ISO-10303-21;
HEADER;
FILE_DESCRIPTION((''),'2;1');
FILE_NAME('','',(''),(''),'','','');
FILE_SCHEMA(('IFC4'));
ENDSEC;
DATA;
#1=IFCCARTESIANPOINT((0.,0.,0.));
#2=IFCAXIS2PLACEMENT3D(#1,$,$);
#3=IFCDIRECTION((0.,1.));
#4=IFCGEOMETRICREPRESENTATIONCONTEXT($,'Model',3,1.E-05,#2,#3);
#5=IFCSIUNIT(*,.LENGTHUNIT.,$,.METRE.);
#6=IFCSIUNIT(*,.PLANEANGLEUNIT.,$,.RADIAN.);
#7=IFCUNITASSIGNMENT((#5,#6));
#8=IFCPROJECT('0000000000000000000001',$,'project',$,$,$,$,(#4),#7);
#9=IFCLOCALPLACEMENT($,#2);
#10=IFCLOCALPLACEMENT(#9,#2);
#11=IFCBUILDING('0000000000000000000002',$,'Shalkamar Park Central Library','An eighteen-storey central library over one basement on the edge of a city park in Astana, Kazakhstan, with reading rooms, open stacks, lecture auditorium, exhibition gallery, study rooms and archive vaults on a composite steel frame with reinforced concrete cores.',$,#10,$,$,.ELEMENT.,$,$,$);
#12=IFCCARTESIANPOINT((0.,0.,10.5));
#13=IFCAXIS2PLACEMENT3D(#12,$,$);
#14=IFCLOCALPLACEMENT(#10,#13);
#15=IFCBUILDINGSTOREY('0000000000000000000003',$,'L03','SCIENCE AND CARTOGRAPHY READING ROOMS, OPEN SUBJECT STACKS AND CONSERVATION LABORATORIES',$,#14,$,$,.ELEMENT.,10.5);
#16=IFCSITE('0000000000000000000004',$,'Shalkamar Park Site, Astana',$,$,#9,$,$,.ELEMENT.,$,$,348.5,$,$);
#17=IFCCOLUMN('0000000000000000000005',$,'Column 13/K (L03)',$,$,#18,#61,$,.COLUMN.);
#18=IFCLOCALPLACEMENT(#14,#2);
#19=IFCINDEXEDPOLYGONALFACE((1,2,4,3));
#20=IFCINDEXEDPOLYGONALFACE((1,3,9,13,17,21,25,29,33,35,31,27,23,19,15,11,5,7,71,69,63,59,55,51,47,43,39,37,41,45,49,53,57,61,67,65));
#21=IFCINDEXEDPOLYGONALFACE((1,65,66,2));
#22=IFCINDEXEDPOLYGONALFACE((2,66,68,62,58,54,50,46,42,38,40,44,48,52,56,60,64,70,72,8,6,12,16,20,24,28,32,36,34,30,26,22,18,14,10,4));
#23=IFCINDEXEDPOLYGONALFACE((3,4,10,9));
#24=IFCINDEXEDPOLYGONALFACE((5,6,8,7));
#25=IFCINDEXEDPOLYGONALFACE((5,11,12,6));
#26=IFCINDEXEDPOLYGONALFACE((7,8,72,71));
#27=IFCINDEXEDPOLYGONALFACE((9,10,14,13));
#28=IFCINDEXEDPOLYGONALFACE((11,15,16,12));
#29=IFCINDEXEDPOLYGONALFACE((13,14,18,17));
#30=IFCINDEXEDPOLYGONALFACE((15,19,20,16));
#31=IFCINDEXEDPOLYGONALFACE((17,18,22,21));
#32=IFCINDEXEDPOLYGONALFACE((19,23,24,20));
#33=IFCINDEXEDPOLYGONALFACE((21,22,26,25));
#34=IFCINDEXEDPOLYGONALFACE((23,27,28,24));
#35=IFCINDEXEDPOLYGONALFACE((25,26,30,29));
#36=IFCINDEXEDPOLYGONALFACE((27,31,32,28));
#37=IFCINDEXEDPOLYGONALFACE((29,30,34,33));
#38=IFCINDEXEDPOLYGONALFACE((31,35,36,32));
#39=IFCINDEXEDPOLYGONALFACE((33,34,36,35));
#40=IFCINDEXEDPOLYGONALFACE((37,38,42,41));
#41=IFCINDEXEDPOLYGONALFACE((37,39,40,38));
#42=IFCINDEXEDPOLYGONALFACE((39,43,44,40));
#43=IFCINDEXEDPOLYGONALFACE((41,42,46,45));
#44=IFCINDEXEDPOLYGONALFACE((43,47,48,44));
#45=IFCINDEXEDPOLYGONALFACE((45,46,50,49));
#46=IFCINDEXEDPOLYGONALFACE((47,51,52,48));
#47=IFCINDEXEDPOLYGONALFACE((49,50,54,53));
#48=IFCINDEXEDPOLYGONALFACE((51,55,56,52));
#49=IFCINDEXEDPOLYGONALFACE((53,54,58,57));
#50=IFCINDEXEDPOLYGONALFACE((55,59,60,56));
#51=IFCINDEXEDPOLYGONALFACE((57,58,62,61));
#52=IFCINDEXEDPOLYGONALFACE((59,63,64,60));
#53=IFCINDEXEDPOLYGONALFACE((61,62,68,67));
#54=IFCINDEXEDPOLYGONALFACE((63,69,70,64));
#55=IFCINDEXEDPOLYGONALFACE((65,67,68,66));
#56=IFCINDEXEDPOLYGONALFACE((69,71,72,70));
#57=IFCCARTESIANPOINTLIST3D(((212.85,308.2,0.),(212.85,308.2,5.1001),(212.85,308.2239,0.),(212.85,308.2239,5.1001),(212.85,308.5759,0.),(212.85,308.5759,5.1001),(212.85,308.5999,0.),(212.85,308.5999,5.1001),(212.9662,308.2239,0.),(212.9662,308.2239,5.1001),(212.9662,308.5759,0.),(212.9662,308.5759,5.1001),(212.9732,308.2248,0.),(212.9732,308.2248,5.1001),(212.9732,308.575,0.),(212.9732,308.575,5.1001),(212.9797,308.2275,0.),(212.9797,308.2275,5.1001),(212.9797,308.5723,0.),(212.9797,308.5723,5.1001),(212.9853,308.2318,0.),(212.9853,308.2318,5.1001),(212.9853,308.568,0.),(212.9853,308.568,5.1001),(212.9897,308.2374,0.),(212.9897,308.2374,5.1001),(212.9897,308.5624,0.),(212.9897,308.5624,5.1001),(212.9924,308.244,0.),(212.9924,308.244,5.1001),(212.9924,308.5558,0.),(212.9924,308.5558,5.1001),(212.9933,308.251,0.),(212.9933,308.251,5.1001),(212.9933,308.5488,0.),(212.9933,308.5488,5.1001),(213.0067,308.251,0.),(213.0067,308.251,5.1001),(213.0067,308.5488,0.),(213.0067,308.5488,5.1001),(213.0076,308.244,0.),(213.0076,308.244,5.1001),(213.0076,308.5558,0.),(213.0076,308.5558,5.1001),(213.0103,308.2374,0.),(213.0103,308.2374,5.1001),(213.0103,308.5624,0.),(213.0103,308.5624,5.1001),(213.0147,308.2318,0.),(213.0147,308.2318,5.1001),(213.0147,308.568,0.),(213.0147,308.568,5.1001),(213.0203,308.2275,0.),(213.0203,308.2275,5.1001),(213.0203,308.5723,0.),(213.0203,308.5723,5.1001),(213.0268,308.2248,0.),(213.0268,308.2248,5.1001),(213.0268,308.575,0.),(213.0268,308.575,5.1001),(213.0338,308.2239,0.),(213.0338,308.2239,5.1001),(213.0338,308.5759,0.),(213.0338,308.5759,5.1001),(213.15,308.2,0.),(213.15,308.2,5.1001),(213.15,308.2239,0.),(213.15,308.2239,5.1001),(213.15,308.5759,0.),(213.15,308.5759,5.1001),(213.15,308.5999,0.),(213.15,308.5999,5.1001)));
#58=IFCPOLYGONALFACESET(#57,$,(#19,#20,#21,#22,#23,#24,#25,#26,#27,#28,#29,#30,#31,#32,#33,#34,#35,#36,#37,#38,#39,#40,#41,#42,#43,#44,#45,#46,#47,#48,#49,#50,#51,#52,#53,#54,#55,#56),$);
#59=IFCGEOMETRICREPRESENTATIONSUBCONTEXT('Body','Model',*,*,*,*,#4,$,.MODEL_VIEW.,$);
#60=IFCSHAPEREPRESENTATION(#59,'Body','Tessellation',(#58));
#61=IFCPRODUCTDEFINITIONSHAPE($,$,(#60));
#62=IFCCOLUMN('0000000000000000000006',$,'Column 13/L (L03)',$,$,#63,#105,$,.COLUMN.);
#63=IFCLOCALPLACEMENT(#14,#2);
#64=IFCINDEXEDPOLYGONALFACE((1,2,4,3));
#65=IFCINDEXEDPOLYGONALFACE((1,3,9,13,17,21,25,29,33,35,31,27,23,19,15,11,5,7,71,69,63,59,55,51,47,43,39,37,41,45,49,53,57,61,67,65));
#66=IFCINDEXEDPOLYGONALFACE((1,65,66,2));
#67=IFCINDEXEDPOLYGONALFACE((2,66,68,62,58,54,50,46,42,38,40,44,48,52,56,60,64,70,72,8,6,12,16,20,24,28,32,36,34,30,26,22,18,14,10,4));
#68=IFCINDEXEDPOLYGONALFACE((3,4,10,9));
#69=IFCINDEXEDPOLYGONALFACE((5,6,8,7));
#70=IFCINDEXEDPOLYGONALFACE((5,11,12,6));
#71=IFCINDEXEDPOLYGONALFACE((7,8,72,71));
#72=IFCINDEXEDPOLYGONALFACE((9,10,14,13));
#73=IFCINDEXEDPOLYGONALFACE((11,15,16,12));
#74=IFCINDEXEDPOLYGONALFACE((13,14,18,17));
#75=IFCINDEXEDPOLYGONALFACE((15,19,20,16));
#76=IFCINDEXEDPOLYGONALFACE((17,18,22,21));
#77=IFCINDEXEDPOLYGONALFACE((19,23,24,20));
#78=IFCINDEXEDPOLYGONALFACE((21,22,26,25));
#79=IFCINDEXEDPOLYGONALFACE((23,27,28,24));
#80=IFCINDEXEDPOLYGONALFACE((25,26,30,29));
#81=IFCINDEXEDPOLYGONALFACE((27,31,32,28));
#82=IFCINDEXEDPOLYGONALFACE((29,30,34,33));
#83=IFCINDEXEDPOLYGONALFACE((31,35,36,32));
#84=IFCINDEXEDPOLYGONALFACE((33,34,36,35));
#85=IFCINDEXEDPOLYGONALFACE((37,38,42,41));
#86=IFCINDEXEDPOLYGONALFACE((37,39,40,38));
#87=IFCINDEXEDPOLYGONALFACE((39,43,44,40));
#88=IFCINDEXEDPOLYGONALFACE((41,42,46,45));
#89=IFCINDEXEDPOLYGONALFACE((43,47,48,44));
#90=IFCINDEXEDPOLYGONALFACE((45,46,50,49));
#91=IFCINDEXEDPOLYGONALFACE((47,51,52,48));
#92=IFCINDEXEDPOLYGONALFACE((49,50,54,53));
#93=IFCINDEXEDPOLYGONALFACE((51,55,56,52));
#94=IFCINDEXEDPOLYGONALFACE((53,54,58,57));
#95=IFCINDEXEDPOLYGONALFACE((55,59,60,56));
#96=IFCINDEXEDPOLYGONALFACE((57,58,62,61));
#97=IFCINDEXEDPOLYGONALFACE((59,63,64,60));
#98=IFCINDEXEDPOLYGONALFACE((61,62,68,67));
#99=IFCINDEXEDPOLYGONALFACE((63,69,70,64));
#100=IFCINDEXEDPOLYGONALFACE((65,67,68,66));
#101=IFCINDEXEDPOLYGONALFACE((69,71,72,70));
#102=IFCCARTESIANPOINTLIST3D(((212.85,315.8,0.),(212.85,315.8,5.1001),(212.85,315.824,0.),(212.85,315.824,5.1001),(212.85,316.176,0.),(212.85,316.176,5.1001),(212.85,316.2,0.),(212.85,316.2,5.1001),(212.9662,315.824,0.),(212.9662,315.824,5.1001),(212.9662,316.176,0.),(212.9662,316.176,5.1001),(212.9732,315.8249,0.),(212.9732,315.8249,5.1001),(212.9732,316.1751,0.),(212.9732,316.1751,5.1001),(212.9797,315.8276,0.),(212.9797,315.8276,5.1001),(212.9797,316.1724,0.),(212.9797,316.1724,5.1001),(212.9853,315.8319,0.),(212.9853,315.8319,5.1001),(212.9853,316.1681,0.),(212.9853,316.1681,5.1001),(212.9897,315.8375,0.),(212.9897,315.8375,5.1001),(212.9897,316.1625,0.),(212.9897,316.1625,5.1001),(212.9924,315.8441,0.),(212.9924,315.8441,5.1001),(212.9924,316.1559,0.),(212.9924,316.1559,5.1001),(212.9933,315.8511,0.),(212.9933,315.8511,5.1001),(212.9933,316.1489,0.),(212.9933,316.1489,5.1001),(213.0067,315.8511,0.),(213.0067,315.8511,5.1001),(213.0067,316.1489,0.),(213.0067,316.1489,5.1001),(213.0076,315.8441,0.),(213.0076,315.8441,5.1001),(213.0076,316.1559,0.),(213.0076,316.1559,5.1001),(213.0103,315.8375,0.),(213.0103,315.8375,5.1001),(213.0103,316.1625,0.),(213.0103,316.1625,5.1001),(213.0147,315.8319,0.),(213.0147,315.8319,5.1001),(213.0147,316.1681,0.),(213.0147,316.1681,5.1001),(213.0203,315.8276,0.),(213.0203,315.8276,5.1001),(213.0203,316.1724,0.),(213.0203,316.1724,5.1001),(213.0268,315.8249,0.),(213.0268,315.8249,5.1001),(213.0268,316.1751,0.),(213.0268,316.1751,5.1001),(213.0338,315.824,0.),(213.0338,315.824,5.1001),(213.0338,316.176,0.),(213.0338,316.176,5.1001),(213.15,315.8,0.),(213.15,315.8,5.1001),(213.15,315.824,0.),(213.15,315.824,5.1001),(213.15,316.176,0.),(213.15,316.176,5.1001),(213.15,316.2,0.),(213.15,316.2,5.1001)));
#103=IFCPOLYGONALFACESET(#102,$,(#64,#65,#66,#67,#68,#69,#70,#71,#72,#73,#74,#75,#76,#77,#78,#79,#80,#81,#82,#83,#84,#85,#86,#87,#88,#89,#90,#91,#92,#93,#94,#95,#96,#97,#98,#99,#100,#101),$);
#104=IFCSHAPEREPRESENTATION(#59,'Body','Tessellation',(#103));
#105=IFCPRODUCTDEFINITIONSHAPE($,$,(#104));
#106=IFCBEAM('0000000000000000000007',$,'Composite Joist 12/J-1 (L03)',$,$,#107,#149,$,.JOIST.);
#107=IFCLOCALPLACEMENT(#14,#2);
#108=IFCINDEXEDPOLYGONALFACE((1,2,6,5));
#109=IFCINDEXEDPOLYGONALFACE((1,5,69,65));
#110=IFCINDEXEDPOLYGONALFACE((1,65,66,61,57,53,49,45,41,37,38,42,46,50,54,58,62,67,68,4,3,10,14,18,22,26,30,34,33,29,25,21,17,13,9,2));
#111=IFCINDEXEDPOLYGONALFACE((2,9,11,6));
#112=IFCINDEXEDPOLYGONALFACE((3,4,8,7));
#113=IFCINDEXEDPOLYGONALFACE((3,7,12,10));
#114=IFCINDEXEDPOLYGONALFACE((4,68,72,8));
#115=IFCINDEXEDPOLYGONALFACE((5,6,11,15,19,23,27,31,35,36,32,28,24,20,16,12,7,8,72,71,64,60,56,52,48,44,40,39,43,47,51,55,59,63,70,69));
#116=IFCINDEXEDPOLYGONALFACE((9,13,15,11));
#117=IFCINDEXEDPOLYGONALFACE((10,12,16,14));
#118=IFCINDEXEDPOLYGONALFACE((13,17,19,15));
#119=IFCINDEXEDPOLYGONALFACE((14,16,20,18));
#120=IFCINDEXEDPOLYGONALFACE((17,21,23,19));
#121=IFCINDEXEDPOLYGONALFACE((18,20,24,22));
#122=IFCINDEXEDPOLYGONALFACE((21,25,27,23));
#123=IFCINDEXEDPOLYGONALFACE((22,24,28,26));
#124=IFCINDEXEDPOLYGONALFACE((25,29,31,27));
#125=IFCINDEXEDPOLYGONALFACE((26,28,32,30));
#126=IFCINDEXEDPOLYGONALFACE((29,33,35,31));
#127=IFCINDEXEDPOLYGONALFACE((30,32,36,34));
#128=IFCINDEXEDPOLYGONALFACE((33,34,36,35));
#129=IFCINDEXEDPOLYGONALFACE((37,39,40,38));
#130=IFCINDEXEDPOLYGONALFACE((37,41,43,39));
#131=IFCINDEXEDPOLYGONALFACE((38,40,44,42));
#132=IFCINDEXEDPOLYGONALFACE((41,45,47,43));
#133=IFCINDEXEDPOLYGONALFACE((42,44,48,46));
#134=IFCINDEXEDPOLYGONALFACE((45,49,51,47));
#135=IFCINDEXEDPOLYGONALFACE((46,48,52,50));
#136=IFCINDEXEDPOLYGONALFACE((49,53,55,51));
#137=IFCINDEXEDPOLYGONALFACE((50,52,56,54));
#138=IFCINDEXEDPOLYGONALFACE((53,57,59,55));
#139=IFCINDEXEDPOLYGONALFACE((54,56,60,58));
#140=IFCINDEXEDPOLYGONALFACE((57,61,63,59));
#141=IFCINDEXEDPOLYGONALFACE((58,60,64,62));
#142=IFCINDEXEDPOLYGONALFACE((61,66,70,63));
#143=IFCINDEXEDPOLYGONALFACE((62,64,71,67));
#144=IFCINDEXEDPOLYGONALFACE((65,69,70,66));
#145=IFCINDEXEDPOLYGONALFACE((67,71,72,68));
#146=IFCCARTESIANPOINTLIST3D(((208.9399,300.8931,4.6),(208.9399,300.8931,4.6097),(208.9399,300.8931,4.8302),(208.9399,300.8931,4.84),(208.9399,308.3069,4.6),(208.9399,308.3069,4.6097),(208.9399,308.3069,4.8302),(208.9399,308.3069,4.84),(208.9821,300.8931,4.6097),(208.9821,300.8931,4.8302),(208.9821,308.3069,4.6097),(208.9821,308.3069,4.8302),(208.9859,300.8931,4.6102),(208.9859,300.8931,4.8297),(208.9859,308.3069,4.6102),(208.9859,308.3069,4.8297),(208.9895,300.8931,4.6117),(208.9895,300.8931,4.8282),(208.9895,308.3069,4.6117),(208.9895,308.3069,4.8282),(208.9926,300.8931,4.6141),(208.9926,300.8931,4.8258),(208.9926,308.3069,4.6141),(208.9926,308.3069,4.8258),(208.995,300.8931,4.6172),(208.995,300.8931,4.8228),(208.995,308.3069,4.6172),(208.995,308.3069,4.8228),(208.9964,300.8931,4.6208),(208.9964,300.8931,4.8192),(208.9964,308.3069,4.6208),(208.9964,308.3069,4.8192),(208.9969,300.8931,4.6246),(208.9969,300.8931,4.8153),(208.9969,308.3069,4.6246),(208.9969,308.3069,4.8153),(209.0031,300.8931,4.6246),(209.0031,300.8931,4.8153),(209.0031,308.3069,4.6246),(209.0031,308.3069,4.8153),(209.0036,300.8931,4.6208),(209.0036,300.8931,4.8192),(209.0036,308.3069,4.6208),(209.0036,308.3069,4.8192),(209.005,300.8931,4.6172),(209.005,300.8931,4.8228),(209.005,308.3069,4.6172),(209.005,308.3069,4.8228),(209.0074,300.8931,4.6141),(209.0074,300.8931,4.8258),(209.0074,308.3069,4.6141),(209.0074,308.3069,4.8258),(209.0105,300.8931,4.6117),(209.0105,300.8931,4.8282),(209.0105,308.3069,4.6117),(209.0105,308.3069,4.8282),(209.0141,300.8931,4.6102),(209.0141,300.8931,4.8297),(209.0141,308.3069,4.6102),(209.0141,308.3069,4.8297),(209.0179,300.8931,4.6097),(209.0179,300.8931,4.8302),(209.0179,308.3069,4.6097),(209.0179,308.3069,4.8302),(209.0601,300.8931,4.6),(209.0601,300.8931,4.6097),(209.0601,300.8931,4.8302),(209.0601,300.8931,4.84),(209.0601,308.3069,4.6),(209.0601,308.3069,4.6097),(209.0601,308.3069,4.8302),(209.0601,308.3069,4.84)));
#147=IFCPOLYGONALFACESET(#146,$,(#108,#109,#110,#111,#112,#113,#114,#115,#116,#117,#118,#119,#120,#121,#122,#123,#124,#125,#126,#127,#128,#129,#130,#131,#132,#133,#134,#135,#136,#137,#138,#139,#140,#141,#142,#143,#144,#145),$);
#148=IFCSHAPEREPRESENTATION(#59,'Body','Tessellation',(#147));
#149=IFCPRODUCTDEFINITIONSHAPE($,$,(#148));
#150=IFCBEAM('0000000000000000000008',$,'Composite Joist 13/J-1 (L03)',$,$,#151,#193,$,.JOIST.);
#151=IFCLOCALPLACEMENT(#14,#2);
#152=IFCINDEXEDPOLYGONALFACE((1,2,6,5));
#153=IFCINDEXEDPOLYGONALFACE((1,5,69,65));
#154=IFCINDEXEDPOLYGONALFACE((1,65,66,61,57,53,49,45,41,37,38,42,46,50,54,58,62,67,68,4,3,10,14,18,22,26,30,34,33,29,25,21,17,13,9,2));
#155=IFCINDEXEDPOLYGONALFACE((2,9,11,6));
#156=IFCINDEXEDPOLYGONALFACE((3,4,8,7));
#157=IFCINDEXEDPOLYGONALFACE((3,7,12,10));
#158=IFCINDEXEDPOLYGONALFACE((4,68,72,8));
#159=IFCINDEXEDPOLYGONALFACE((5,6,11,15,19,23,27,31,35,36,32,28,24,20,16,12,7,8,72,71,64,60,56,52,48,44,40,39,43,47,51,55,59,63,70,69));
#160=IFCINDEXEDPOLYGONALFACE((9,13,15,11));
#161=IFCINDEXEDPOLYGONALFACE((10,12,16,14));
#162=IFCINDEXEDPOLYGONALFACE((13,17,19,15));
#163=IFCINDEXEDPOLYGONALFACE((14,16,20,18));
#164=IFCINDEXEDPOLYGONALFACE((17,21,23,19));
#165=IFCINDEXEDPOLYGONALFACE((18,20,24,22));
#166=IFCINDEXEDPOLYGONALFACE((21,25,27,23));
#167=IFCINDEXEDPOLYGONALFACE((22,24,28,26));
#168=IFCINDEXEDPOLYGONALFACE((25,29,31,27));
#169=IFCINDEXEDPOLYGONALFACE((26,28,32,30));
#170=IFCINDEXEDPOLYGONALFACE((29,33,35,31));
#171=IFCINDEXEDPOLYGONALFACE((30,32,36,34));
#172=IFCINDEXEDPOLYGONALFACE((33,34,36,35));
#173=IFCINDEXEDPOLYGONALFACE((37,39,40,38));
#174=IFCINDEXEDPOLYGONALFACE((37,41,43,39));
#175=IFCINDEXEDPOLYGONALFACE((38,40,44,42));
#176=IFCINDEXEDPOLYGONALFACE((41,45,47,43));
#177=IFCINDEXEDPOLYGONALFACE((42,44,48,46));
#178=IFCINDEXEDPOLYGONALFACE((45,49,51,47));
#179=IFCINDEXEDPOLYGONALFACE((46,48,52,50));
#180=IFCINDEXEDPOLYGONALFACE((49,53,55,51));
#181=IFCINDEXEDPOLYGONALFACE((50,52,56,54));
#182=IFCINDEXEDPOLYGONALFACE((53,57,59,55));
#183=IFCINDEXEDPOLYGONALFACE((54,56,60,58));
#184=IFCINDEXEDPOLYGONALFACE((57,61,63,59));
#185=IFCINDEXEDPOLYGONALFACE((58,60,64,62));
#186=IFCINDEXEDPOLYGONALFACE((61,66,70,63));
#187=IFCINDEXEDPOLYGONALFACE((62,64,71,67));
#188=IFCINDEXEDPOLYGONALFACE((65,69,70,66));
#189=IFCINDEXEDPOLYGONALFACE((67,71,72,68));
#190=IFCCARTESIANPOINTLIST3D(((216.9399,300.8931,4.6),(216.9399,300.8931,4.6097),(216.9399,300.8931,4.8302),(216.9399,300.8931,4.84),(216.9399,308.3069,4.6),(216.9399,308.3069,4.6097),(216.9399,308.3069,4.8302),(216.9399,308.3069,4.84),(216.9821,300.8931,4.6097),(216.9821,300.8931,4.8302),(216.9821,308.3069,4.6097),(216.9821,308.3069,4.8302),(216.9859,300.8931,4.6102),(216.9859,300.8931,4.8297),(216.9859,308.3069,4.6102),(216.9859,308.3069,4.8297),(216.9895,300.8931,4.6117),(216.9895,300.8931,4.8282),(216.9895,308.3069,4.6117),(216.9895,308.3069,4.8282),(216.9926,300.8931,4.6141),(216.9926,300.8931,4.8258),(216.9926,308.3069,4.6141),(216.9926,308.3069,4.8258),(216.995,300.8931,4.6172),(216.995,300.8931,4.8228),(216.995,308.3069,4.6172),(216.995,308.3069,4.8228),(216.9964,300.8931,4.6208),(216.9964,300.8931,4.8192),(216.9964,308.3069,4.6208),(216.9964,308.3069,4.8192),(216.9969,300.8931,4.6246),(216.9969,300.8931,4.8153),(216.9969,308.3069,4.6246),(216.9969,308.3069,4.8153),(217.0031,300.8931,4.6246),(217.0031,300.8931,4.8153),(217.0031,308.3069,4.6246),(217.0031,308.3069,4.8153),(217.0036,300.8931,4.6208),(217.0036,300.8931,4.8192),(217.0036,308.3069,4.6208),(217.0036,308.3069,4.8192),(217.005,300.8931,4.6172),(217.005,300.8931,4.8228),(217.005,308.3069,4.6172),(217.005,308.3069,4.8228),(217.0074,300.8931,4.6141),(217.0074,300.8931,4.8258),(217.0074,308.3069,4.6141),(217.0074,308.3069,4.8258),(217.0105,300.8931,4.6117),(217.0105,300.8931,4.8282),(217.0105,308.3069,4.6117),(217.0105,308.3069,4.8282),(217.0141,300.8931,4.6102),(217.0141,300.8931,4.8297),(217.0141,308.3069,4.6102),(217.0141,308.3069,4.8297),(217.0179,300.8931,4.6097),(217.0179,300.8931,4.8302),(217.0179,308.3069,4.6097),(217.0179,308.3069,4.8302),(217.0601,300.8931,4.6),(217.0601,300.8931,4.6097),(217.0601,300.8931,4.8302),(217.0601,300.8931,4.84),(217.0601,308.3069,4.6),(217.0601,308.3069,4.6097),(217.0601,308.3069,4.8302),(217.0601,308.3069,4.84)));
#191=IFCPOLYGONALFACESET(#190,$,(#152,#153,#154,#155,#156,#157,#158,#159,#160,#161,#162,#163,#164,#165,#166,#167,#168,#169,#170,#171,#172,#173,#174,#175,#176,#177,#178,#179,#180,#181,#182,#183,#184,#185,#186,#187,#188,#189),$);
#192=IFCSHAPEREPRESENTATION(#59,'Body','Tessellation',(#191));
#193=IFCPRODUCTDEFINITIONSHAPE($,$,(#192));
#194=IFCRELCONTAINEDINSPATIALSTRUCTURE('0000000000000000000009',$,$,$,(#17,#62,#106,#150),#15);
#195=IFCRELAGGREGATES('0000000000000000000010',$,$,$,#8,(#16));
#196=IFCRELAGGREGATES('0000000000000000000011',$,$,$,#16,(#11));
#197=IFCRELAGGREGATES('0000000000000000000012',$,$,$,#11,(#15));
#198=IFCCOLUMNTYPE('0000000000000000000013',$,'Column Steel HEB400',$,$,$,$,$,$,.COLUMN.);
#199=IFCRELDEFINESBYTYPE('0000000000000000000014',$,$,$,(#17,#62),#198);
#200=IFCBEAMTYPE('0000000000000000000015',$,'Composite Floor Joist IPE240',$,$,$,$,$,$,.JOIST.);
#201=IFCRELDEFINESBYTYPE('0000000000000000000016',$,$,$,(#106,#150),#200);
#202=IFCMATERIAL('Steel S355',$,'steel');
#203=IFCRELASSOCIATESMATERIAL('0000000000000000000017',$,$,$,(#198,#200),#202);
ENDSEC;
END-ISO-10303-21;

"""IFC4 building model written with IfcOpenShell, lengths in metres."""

from ifc_helpers import new_model, si_unit, direction, frame, origin, origin_2d, place, context, subcontext, project, spatial, i_section, extrude, material, material_profile, profile_set, type_object, element, save


model = new_model("IFC4")

# Units and contexts
model_context = context("Model", 3, precision=1e-05, world=origin(), true_north=direction((0.0, 1.0)))
body_context = subcontext(model_context, "Body", "Model", "MODEL_VIEW")
ifc_project = project(units=[si_unit("LENGTHUNIT", "METRE"), si_unit("PLANEANGLEUNIT", "RADIAN")], contexts=[model_context])

# Site, building, storey
site_placement = place(None, origin())
site = spatial("IfcSite", under=ifc_project, at=site_placement, Name="Shalkamar Park Site, Astana", CompositionType="ELEMENT", RefElevation=348.5)
building_placement = place(site_placement, origin())
building = spatial("IfcBuilding", under=site, at=building_placement, Name="Shalkamar Park Central Library", Description="An eighteen-storey central library over one basement on the edge of a city park in Astana, Kazakhstan, with reading rooms, open stacks, lecture auditorium, exhibition gallery, study rooms and archive vaults on a composite steel frame with reinforced concrete cores.", CompositionType="ELEMENT")
storey_placement = place(building_placement, frame((0.0, 0.0, 10.5)))
storey = spatial("IfcBuildingStorey", under=building, at=storey_placement, Name="L03", Description="SCIENCE AND CARTOGRAPHY READING ROOMS, OPEN SUBJECT STACKS AND CONSERVATION LABORATORIES", CompositionType="ELEMENT", Elevation=10.5)

# Columns
ifc_material = material(Name="Steel S355", Category="steel")
ifc_material_profile_1 = material_profile(ifc_material, i_section(OverallWidth=0.3, OverallDepth=0.3999, WebThickness=0.0134, FlangeThickness=0.0239, FilletRadius=0.0271, at=origin_2d()), Name="HEB 400")
ifc_profile_set_1 = profile_set([ifc_material_profile_1], Name="Steel S355")
column_type_1 = type_object("IfcColumnType", Name="Column Steel HEB400", PredefinedType="COLUMN", material=ifc_profile_set_1)
for number, where, z_axis, x_axis, name in (
    (1, (213.0, 308.3999, 0.0), (0.0, 0.0, 1.0), (1.0, 0.0, 0.0), "Column 13/K (L03)"),
    (2, (213.0, 316.0, 0.0), (0.0, 0.0, 1.0), (1.0, 0.0, 0.0), "Column 13/L (L03)"),
):
    element("IfcColumn", number, at=place(storey_placement, frame(where, z_axis=z_axis, x_axis=x_axis)), inside=storey, type_object=column_type_1, Name=name, PredefinedType="COLUMN", context=body_context, shape_type="SweptSolid", body=[
        extrude(i_section(OverallWidth=0.3, OverallDepth=0.3999, WebThickness=0.0134, FlangeThickness=0.0239, FilletRadius=0.0271, at=origin_2d()), origin(), (0.0, 0.0, 1.0), 5.1001),
    ])

# Beams
ifc_material_profile_2 = material_profile(ifc_material, i_section(OverallWidth=0.1201, OverallDepth=0.24, WebThickness=0.0061, FlangeThickness=0.0098, FilletRadius=0.0149, at=origin_2d()), Name="IPE 240")
ifc_profile_set_2 = profile_set([ifc_material_profile_2], Name="Steel S355")
beam_type_1 = type_object("IfcBeamType", Name="Composite Floor Joist IPE240", PredefinedType="JOIST", material=ifc_profile_set_2)
for number, where, z_axis, x_axis, name in (
    (3, (209.0, 300.8931, 4.72), (0.0, 1.0, 0.0), (-1.0, 0.0, 0.0), "Composite Joist 12/J-1 (L03)"),
    (4, (217.0, 300.8931, 4.72), (0.0, 1.0, 0.0), (-1.0, 0.0, 0.0), "Composite Joist 13/J-1 (L03)"),
):
    element("IfcBeam", number, at=place(storey_placement, frame(where, z_axis=z_axis, x_axis=x_axis)), inside=storey, type_object=beam_type_1, Name=name, PredefinedType="JOIST", context=body_context, shape_type="SweptSolid", body=[
        extrude(i_section(OverallWidth=0.1201, OverallDepth=0.24, WebThickness=0.0061, FlangeThickness=0.0098, FilletRadius=0.0149, at=origin_2d()), origin(), (0.0, 0.0, 1.0), 7.4138),
    ])

save(model, "model.ifc")
